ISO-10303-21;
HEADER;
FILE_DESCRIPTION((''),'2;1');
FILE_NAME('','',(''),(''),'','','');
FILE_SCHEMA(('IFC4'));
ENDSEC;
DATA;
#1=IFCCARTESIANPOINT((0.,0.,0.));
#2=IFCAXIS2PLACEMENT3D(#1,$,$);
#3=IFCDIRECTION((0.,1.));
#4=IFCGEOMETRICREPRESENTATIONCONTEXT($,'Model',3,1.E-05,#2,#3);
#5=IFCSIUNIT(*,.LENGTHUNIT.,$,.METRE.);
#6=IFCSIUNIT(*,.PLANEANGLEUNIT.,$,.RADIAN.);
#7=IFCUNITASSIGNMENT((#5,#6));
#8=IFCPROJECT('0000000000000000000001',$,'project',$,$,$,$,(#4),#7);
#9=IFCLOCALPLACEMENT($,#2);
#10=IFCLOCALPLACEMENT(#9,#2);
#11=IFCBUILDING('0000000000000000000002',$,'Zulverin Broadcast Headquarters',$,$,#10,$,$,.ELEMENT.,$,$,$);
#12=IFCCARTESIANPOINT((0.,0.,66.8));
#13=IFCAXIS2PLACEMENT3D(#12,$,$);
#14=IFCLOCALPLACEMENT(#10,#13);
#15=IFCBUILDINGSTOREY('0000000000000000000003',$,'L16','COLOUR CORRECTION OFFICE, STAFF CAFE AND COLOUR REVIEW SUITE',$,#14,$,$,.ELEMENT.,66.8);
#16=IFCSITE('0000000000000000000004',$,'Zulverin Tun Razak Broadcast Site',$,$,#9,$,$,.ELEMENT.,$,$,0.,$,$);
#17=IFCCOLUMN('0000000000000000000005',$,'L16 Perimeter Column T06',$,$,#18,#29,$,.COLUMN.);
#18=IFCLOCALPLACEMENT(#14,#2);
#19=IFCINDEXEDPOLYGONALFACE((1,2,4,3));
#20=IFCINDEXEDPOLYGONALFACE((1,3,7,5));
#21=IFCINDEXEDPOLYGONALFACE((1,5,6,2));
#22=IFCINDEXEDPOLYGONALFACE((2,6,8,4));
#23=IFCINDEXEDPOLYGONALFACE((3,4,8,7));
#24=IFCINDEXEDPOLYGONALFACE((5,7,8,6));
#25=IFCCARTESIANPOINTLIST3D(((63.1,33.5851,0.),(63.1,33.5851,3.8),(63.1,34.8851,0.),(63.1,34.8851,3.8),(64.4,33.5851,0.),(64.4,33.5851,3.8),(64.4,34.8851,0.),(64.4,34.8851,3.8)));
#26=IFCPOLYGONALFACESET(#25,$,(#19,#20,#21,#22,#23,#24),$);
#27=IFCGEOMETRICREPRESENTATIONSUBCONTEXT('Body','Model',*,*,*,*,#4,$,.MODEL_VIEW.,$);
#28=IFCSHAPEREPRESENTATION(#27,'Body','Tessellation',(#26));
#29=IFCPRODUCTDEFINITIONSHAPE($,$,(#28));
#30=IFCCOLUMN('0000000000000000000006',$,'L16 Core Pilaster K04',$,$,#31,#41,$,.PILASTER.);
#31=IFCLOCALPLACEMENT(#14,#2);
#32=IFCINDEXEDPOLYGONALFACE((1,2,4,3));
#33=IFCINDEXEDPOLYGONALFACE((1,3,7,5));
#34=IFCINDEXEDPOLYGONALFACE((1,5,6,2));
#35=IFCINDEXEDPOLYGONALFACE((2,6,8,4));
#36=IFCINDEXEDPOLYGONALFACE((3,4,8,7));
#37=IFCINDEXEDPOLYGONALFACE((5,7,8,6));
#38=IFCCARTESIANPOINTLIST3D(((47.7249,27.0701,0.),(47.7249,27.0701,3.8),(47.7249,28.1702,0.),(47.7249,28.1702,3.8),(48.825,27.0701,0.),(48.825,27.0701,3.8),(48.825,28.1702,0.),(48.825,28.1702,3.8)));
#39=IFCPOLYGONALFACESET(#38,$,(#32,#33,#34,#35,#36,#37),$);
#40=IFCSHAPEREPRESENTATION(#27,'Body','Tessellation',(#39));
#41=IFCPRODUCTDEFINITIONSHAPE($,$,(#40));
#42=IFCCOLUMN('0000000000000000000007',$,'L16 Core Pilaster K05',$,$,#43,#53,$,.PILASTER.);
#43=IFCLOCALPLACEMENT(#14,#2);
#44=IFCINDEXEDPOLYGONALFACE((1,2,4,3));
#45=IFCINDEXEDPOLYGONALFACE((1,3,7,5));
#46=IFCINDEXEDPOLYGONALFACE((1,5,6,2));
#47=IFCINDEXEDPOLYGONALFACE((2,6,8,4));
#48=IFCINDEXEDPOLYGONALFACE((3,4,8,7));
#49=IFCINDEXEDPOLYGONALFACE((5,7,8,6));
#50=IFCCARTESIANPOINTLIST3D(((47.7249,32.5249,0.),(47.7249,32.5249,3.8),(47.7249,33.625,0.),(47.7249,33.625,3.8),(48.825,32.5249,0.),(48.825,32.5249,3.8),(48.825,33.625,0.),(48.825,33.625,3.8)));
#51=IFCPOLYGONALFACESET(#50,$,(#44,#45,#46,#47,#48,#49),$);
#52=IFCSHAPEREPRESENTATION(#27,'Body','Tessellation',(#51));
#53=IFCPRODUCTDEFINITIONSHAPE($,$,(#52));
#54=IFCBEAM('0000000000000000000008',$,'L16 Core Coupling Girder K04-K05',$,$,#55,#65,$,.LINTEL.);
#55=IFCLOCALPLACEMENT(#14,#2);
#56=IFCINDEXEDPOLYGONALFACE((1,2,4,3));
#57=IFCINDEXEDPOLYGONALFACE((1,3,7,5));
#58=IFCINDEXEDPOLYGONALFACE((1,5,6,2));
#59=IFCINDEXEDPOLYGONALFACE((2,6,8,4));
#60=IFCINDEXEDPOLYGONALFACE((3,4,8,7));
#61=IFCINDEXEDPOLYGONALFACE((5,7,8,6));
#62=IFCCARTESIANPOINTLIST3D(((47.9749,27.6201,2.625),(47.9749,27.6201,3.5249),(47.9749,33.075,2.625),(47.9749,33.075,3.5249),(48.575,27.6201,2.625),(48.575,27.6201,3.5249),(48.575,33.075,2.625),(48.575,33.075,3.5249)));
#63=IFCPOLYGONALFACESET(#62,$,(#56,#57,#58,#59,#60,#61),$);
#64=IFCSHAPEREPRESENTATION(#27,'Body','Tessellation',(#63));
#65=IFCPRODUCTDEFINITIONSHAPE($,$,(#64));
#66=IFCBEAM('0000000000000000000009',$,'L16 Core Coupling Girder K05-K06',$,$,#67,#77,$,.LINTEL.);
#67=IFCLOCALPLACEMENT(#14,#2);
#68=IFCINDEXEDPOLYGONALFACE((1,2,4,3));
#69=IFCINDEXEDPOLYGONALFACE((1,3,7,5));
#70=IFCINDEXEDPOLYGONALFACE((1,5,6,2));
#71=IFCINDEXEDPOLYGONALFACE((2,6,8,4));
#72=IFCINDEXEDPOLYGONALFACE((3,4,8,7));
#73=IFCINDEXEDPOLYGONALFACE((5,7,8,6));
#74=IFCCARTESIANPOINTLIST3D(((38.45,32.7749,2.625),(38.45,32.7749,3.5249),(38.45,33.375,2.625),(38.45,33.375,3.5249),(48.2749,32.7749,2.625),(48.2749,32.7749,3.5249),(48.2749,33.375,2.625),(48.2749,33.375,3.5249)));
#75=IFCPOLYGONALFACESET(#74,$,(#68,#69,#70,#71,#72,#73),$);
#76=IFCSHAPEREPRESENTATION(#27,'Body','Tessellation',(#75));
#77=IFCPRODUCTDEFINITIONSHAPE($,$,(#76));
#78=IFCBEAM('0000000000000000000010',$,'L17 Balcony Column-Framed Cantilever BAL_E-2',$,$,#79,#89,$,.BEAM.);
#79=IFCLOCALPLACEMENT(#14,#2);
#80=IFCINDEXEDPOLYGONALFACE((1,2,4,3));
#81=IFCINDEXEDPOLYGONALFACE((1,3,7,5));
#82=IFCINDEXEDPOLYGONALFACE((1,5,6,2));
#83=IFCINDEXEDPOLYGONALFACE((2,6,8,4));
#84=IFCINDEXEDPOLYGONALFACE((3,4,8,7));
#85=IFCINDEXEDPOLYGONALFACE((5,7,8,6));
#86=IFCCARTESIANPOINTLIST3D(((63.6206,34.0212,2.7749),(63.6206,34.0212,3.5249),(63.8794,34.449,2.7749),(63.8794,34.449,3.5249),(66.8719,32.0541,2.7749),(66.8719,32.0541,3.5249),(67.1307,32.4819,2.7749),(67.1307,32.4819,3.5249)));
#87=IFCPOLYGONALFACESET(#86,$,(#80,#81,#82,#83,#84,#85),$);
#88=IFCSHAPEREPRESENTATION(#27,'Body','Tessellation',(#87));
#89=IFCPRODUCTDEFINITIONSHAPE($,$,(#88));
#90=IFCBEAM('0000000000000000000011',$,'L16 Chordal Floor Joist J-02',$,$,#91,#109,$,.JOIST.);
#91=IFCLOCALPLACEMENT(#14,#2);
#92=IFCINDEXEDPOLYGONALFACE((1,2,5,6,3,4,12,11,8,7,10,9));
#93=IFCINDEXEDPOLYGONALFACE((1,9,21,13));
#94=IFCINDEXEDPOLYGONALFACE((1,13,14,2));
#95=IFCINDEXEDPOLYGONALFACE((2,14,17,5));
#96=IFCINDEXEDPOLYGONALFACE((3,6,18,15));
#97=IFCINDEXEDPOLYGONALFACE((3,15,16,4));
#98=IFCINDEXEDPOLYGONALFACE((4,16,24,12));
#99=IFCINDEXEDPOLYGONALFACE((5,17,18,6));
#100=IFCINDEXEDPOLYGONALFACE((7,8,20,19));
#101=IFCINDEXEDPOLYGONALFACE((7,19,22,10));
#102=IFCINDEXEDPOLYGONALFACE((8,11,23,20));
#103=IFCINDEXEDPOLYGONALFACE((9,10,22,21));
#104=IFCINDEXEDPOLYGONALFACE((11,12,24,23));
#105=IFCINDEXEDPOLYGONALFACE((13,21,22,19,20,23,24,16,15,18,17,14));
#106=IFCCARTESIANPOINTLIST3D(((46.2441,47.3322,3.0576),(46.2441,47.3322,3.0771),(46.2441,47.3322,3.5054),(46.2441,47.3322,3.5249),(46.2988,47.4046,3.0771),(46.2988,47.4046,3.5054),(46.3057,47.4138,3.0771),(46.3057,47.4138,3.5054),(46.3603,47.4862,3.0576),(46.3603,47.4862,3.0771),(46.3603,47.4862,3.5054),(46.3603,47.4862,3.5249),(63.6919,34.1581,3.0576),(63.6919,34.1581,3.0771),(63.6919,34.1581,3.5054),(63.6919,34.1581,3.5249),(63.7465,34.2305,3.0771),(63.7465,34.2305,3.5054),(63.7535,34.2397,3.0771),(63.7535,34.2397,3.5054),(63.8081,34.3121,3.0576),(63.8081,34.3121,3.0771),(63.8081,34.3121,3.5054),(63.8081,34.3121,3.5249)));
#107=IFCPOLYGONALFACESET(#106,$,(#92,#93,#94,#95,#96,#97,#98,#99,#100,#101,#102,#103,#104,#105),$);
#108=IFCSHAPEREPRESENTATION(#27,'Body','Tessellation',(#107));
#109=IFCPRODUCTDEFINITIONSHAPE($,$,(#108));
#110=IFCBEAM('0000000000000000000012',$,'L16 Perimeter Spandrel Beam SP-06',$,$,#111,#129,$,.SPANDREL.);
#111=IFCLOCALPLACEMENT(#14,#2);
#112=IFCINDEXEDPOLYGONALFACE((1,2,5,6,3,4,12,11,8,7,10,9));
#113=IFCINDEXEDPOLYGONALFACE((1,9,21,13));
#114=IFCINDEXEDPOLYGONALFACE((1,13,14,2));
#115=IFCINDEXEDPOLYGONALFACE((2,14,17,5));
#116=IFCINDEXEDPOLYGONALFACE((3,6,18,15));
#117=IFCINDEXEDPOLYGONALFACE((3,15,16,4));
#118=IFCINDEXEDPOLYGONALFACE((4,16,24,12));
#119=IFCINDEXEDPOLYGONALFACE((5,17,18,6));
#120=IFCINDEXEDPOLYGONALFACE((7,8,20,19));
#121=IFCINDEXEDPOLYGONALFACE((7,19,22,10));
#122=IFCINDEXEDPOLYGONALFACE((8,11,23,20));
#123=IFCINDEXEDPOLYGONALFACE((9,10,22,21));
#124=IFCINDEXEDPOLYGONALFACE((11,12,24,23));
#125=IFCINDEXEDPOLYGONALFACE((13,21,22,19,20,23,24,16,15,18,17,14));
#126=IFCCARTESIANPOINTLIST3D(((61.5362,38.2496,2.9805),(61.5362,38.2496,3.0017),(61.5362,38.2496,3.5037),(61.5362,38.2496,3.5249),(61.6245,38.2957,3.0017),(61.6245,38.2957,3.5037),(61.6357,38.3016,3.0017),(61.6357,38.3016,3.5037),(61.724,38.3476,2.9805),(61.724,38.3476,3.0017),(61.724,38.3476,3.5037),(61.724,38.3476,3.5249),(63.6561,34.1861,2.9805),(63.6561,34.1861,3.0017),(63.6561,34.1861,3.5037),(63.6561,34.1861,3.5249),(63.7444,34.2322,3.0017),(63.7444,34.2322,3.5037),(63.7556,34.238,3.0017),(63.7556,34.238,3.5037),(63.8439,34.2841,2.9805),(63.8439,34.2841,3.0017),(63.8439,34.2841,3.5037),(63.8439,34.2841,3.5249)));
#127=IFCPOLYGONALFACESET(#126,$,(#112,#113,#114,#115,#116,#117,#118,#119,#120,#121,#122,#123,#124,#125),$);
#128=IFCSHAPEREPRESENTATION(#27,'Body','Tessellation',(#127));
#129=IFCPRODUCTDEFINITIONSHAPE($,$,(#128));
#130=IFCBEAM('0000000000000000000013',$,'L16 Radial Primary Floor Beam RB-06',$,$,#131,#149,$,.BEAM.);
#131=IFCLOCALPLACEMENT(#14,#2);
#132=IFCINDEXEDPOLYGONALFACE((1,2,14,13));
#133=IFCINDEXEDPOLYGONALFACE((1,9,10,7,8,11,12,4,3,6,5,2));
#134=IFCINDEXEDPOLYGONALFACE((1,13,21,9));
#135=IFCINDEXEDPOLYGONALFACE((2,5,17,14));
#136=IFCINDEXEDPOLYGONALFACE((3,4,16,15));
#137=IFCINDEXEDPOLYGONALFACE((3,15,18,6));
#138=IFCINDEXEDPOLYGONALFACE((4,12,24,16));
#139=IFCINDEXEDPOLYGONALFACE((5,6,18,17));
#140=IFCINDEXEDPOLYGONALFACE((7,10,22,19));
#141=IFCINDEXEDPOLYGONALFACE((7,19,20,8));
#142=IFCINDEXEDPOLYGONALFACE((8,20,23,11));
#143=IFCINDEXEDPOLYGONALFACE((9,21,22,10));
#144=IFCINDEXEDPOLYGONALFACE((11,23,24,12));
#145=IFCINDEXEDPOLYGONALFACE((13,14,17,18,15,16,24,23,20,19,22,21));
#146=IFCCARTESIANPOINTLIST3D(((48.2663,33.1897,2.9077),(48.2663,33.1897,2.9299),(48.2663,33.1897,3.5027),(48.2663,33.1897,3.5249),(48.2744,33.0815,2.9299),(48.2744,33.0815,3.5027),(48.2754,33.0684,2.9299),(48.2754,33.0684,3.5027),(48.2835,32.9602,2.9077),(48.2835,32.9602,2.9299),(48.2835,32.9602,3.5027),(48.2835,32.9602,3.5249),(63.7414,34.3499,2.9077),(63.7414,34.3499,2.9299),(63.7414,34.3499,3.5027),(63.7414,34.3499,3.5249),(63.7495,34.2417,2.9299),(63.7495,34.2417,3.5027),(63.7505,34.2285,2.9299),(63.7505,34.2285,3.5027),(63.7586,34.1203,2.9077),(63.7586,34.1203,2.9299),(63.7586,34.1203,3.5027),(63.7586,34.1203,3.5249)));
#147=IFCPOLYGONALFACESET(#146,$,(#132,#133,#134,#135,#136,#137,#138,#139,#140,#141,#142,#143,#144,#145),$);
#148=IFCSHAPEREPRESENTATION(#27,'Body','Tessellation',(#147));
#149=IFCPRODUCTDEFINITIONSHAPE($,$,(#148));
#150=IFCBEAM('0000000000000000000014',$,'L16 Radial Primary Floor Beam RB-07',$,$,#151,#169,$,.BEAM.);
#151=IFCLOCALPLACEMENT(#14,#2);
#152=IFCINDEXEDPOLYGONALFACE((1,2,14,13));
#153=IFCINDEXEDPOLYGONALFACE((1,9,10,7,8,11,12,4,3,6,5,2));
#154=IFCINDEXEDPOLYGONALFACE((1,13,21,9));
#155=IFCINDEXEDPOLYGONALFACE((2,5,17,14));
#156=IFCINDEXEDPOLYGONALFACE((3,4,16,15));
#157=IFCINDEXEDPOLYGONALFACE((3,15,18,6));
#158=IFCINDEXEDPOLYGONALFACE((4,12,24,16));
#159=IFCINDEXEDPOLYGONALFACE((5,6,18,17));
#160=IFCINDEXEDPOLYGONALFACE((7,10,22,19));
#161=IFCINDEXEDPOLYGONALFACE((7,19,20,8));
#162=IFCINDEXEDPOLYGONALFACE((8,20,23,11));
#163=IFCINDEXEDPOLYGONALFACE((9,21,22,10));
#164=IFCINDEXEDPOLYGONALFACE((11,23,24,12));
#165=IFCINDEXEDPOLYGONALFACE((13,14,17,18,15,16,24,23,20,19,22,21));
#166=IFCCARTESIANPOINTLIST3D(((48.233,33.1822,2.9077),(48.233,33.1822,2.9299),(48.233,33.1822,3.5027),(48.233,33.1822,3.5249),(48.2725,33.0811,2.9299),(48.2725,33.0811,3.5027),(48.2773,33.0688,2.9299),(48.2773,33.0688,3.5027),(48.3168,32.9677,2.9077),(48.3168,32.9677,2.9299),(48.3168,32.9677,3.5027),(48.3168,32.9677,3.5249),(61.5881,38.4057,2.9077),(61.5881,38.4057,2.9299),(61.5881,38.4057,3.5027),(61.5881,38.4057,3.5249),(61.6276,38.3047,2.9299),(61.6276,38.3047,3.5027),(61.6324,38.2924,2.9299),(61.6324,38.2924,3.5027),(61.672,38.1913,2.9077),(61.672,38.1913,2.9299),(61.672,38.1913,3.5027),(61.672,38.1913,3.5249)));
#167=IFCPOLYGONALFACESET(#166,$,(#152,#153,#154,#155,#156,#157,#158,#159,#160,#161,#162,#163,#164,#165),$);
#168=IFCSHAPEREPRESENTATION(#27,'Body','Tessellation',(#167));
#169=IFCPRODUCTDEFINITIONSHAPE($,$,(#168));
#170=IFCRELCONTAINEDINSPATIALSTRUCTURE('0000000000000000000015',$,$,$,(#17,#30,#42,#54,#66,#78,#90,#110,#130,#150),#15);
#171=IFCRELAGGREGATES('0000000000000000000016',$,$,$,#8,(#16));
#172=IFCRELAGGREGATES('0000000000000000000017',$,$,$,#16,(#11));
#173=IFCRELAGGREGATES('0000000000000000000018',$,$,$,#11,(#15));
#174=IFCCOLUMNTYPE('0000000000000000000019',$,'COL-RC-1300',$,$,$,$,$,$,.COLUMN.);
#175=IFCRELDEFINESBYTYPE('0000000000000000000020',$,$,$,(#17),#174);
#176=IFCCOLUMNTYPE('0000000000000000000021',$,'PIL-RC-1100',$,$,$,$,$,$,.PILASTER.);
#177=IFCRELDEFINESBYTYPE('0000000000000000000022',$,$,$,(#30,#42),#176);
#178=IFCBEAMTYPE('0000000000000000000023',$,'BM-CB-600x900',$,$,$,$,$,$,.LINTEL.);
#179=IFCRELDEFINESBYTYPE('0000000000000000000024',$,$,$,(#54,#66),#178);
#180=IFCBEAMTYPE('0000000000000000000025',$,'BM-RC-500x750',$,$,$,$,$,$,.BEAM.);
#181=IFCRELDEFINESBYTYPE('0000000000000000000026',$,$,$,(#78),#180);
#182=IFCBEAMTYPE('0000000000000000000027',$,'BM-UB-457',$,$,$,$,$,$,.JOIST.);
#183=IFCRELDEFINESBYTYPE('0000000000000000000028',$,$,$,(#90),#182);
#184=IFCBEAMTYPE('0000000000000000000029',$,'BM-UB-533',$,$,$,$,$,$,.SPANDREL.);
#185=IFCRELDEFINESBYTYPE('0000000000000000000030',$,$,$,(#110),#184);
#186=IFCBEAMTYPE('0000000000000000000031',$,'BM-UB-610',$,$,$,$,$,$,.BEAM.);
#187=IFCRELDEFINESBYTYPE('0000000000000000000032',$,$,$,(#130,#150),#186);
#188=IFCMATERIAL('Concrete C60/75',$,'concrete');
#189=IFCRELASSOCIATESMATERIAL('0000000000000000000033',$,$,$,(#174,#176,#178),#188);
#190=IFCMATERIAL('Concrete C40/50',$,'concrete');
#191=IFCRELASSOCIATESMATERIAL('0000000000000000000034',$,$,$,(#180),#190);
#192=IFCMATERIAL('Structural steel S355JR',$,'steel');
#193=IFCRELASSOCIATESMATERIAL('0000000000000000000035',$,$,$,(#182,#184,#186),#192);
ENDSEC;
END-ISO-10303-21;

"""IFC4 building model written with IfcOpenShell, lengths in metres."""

from ifc_helpers import new_model, si_unit, direction, frame, origin, origin_2d, place, context, subcontext, project, spatial, rectangle, i_section, extrude, material, material_profile, profile_set, type_object, element, save


model = new_model("IFC4")

# Units and contexts
model_context = context("Model", 3, precision=1e-05, world=origin(), true_north=direction((0.0, 1.0)))
body_context = subcontext(model_context, "Body", "Model", "MODEL_VIEW")
ifc_project = project(units=[si_unit("LENGTHUNIT", "METRE"), si_unit("PLANEANGLEUNIT", "RADIAN")], contexts=[model_context])

# Site, building, storey
site_placement = place(None, origin())
site = spatial("IfcSite", under=ifc_project, at=site_placement, Name="Zulverin Tun Razak Broadcast Site", CompositionType="ELEMENT", RefElevation=0.0)
building_placement = place(site_placement, origin())
building = spatial("IfcBuilding", under=site, at=building_placement, Name="Zulverin Broadcast Headquarters", CompositionType="ELEMENT")
storey_placement = place(building_placement, frame((0.0, 0.0, 66.8)))
storey = spatial("IfcBuildingStorey", under=building, at=storey_placement, Name="L16", Description="COLOUR CORRECTION OFFICE, STAFF CAFE AND COLOUR REVIEW SUITE", CompositionType="ELEMENT", Elevation=66.8)

# Columns
ifc_material_1 = material(Name="Concrete C60/75", Category="concrete")
ifc_material_profile_1 = material_profile(ifc_material_1, rectangle(XDim=1.3, YDim=1.3, at=origin_2d()), Name="Concrete C60/75", Category="concrete")
ifc_profile_set_1 = profile_set([ifc_material_profile_1], Name="Concrete C60/75")
column_type_1 = type_object("IfcColumnType", Name="COL-RC-1300", PredefinedType="COLUMN", material=ifc_profile_set_1)
column_placement = place(storey_placement, frame((63.75, 34.2351, 0.0), z_axis=(0.0, 0.0, 1.0), x_axis=(1.0, 0.0, 0.0)))
element("IfcColumn", 1, at=column_placement, inside=storey, type_object=column_type_1, Name="L16 Perimeter Column T06", PredefinedType="COLUMN", context=body_context, shape_type="SweptSolid", body=[
    extrude(rectangle(XDim=1.3, YDim=1.3, at=origin_2d()), origin(), (0.0, 0.0, 1.0), 3.8),
])
ifc_material_profile_2 = material_profile(ifc_material_1, rectangle(XDim=1.1001, YDim=1.1001, at=origin_2d()), Name="Concrete C60/75", Category="concrete")
ifc_profile_set_2 = profile_set([ifc_material_profile_2], Name="Concrete C60/75")
column_type_2 = type_object("IfcColumnType", Name="PIL-RC-1100", PredefinedType="PILASTER", material=ifc_profile_set_2)
for number, where, z_axis, x_axis, name in (
    (2, (48.2749, 27.6201, 0.0), (0.0, 0.0, 1.0), (1.0, 0.0, 0.0), "L16 Core Pilaster K04"),
    (3, (48.2749, 33.075, 0.0), (0.0, 0.0, 1.0), (1.0, 0.0, 0.0), "L16 Core Pilaster K05"),
):
    element("IfcColumn", number, at=place(storey_placement, frame(where, z_axis=z_axis, x_axis=x_axis)), inside=storey, type_object=column_type_2, Name=name, PredefinedType="PILASTER", context=body_context, shape_type="SweptSolid", body=[
        extrude(rectangle(XDim=1.1001, YDim=1.1001, at=origin_2d()), origin(), (0.0, 0.0, 1.0), 3.8),
    ])

# Beams
ifc_material_profile_3 = material_profile(ifc_material_1, rectangle(XDim=0.6001, YDim=0.8999, at=origin_2d()), Name="Concrete C60/75", Category="concrete")
ifc_profile_set_3 = profile_set([ifc_material_profile_3], Name="Concrete C60/75")
beam_type_1 = type_object("IfcBeamType", Name="BM-CB-600x900", PredefinedType="LINTEL", material=ifc_profile_set_3)
beam_1_placement = place(storey_placement, frame((48.2749, 27.6201, 3.075), z_axis=(0.0, 1.0, 0.0), x_axis=(-1.0, 0.0, 0.0)))
element("IfcBeam", 4, at=beam_1_placement, inside=storey, type_object=beam_type_1, Name="L16 Core Coupling Girder K04-K05", PredefinedType="LINTEL", context=body_context, shape_type="SweptSolid", body=[
    extrude(rectangle(XDim=0.6001, YDim=0.8999, at=origin_2d()), origin(), (0.0, 0.0, 1.0), 5.4548),
])
beam_2_placement = place(storey_placement, frame((48.2749, 33.075, 3.075), z_axis=(-1.0, 0.0, 0.0), x_axis=(0.0, -1.0, 0.0)))
element("IfcBeam", 5, at=beam_2_placement, inside=storey, type_object=beam_type_1, Name="L16 Core Coupling Girder K05-K06", PredefinedType="LINTEL", context=body_context, shape_type="SweptSolid", body=[
    extrude(rectangle(XDim=0.6001, YDim=0.8999, at=origin_2d()), origin(), (0.0, 0.0, 1.0), 9.825),
])
ifc_material_2 = material(Name="Concrete C40/50", Category="concrete")
ifc_material_profile_4 = material_profile(ifc_material_2, rectangle(XDim=0.5, YDim=0.75, at=origin_2d()), Name="Concrete C40/50", Category="concrete")
ifc_profile_set_4 = profile_set([ifc_material_profile_4], Name="Concrete C40/50")
beam_type_2 = type_object("IfcBeamType", Name="BM-RC-500x750", PredefinedType="BEAM", material=ifc_profile_set_4)
beam_3_placement = place(storey_placement, frame((63.75, 34.2351, 3.1499), z_axis=(0.855594, -0.517648, 0.0), x_axis=(0.517648, 0.855594, 0.0)))
element("IfcBeam", 6, at=beam_3_placement, inside=storey, type_object=beam_type_2, Name="L17 Balcony Column-Framed Cantilever BAL_E-2", PredefinedType="BEAM", context=body_context, shape_type="SweptSolid", body=[
    extrude(rectangle(XDim=0.5, YDim=0.75, at=origin_2d()), origin(), (0.0, 0.0, 1.0), 3.8),
])
ifc_material_3 = material(Name="Structural steel S355JR", Category="steel")
ifc_material_profile_5 = material_profile(ifc_material_3, i_section(OverallWidth=0.1929, OverallDepth=0.4673, WebThickness=0.0115, FlangeThickness=0.0195, at=origin_2d()), Name="Structural steel S355JR", Category="steel")
ifc_profile_set_5 = profile_set([ifc_material_profile_5], Name="Structural steel S355JR")
beam_type_3 = type_object("IfcBeamType", Name="BM-UB-457", PredefinedType="JOIST", material=ifc_profile_set_5)
beam_4_placement = place(storey_placement, frame((63.75, 34.2351, 3.2913), z_axis=(-0.798058, 0.60258, 0.0), x_axis=(-0.60258, -0.798058, 0.0)))
element("IfcBeam", 7, at=beam_4_placement, inside=storey, type_object=beam_type_3, Name="L16 Chordal Floor Joist J-02", PredefinedType="JOIST", context=body_context, shape_type="SweptSolid", body=[
    extrude(i_section(OverallWidth=0.1929, OverallDepth=0.4673, WebThickness=0.0115, FlangeThickness=0.0195, at=origin_2d()), origin(), (0.0, 0.0, 1.0), 21.8628),
])
ifc_material_profile_6 = material_profile(ifc_material_3, i_section(OverallWidth=0.2119, OverallDepth=0.5444, WebThickness=0.0127, FlangeThickness=0.0212, at=origin_2d()), Name="Structural steel S355JR", Category="steel")
ifc_profile_set_6 = profile_set([ifc_material_profile_6], Name="Structural steel S355JR")
beam_type_4 = type_object("IfcBeamType", Name="BM-UB-533", PredefinedType="SPANDREL", material=ifc_profile_set_6)
beam_5_placement = place(storey_placement, frame((63.75, 34.2351, 3.2527), z_axis=(-0.462531, 0.886603, 0.0), x_axis=(-0.886603, -0.462531, 0.0)))
element("IfcBeam", 8, at=beam_5_placement, inside=storey, type_object=beam_type_4, Name="L16 Perimeter Spandrel Beam SP-06", PredefinedType="SPANDREL", context=body_context, shape_type="SweptSolid", body=[
    extrude(i_section(OverallWidth=0.2119, OverallDepth=0.5444, WebThickness=0.0127, FlangeThickness=0.0212, at=origin_2d()), origin(), (0.0, 0.0, 1.0), 4.5833),
])
ifc_material_profile_7 = material_profile(ifc_material_3, i_section(OverallWidth=0.2302, OverallDepth=0.6172, WebThickness=0.0132, FlangeThickness=0.0222, at=origin_2d()), Name="Structural steel S355JR", Category="steel")
ifc_profile_set_7 = profile_set([ifc_material_profile_7], Name="Structural steel S355JR")
beam_type_5 = type_object("IfcBeamType", Name="BM-UB-610", PredefinedType="BEAM", material=ifc_profile_set_7)
beam_6_placement = place(storey_placement, frame((48.2749, 33.075, 3.2163), z_axis=(0.997202, 0.074759, 0.0), x_axis=(-0.074759, 0.997202, 0.0)))
element("IfcBeam", 9, at=beam_6_placement, inside=storey, type_object=beam_type_5, Name="L16 Radial Primary Floor Beam RB-06", PredefinedType="BEAM", context=body_context, shape_type="SweptSolid", body=[
    extrude(i_section(OverallWidth=0.2302, OverallDepth=0.6172, WebThickness=0.0132, FlangeThickness=0.0222, at=origin_2d()), origin(), (0.0, 0.0, 1.0), 15.5186),
])
beam_7_placement = place(storey_placement, frame((48.2749, 33.075, 3.2163), z_axis=(0.931298, 0.364259, 0.0), x_axis=(-0.364259, 0.931298, 0.0)))
element("IfcBeam", 10, at=beam_7_placement, inside=storey, type_object=beam_type_5, Name="L16 Radial Primary Floor Beam RB-07", PredefinedType="BEAM", context=body_context, shape_type="SweptSolid", body=[
    extrude(i_section(OverallWidth=0.2302, OverallDepth=0.6172, WebThickness=0.0132, FlangeThickness=0.0222, at=origin_2d()), origin(), (0.0, 0.0, 1.0), 14.3403),
])

save(model, "model.ifc")
